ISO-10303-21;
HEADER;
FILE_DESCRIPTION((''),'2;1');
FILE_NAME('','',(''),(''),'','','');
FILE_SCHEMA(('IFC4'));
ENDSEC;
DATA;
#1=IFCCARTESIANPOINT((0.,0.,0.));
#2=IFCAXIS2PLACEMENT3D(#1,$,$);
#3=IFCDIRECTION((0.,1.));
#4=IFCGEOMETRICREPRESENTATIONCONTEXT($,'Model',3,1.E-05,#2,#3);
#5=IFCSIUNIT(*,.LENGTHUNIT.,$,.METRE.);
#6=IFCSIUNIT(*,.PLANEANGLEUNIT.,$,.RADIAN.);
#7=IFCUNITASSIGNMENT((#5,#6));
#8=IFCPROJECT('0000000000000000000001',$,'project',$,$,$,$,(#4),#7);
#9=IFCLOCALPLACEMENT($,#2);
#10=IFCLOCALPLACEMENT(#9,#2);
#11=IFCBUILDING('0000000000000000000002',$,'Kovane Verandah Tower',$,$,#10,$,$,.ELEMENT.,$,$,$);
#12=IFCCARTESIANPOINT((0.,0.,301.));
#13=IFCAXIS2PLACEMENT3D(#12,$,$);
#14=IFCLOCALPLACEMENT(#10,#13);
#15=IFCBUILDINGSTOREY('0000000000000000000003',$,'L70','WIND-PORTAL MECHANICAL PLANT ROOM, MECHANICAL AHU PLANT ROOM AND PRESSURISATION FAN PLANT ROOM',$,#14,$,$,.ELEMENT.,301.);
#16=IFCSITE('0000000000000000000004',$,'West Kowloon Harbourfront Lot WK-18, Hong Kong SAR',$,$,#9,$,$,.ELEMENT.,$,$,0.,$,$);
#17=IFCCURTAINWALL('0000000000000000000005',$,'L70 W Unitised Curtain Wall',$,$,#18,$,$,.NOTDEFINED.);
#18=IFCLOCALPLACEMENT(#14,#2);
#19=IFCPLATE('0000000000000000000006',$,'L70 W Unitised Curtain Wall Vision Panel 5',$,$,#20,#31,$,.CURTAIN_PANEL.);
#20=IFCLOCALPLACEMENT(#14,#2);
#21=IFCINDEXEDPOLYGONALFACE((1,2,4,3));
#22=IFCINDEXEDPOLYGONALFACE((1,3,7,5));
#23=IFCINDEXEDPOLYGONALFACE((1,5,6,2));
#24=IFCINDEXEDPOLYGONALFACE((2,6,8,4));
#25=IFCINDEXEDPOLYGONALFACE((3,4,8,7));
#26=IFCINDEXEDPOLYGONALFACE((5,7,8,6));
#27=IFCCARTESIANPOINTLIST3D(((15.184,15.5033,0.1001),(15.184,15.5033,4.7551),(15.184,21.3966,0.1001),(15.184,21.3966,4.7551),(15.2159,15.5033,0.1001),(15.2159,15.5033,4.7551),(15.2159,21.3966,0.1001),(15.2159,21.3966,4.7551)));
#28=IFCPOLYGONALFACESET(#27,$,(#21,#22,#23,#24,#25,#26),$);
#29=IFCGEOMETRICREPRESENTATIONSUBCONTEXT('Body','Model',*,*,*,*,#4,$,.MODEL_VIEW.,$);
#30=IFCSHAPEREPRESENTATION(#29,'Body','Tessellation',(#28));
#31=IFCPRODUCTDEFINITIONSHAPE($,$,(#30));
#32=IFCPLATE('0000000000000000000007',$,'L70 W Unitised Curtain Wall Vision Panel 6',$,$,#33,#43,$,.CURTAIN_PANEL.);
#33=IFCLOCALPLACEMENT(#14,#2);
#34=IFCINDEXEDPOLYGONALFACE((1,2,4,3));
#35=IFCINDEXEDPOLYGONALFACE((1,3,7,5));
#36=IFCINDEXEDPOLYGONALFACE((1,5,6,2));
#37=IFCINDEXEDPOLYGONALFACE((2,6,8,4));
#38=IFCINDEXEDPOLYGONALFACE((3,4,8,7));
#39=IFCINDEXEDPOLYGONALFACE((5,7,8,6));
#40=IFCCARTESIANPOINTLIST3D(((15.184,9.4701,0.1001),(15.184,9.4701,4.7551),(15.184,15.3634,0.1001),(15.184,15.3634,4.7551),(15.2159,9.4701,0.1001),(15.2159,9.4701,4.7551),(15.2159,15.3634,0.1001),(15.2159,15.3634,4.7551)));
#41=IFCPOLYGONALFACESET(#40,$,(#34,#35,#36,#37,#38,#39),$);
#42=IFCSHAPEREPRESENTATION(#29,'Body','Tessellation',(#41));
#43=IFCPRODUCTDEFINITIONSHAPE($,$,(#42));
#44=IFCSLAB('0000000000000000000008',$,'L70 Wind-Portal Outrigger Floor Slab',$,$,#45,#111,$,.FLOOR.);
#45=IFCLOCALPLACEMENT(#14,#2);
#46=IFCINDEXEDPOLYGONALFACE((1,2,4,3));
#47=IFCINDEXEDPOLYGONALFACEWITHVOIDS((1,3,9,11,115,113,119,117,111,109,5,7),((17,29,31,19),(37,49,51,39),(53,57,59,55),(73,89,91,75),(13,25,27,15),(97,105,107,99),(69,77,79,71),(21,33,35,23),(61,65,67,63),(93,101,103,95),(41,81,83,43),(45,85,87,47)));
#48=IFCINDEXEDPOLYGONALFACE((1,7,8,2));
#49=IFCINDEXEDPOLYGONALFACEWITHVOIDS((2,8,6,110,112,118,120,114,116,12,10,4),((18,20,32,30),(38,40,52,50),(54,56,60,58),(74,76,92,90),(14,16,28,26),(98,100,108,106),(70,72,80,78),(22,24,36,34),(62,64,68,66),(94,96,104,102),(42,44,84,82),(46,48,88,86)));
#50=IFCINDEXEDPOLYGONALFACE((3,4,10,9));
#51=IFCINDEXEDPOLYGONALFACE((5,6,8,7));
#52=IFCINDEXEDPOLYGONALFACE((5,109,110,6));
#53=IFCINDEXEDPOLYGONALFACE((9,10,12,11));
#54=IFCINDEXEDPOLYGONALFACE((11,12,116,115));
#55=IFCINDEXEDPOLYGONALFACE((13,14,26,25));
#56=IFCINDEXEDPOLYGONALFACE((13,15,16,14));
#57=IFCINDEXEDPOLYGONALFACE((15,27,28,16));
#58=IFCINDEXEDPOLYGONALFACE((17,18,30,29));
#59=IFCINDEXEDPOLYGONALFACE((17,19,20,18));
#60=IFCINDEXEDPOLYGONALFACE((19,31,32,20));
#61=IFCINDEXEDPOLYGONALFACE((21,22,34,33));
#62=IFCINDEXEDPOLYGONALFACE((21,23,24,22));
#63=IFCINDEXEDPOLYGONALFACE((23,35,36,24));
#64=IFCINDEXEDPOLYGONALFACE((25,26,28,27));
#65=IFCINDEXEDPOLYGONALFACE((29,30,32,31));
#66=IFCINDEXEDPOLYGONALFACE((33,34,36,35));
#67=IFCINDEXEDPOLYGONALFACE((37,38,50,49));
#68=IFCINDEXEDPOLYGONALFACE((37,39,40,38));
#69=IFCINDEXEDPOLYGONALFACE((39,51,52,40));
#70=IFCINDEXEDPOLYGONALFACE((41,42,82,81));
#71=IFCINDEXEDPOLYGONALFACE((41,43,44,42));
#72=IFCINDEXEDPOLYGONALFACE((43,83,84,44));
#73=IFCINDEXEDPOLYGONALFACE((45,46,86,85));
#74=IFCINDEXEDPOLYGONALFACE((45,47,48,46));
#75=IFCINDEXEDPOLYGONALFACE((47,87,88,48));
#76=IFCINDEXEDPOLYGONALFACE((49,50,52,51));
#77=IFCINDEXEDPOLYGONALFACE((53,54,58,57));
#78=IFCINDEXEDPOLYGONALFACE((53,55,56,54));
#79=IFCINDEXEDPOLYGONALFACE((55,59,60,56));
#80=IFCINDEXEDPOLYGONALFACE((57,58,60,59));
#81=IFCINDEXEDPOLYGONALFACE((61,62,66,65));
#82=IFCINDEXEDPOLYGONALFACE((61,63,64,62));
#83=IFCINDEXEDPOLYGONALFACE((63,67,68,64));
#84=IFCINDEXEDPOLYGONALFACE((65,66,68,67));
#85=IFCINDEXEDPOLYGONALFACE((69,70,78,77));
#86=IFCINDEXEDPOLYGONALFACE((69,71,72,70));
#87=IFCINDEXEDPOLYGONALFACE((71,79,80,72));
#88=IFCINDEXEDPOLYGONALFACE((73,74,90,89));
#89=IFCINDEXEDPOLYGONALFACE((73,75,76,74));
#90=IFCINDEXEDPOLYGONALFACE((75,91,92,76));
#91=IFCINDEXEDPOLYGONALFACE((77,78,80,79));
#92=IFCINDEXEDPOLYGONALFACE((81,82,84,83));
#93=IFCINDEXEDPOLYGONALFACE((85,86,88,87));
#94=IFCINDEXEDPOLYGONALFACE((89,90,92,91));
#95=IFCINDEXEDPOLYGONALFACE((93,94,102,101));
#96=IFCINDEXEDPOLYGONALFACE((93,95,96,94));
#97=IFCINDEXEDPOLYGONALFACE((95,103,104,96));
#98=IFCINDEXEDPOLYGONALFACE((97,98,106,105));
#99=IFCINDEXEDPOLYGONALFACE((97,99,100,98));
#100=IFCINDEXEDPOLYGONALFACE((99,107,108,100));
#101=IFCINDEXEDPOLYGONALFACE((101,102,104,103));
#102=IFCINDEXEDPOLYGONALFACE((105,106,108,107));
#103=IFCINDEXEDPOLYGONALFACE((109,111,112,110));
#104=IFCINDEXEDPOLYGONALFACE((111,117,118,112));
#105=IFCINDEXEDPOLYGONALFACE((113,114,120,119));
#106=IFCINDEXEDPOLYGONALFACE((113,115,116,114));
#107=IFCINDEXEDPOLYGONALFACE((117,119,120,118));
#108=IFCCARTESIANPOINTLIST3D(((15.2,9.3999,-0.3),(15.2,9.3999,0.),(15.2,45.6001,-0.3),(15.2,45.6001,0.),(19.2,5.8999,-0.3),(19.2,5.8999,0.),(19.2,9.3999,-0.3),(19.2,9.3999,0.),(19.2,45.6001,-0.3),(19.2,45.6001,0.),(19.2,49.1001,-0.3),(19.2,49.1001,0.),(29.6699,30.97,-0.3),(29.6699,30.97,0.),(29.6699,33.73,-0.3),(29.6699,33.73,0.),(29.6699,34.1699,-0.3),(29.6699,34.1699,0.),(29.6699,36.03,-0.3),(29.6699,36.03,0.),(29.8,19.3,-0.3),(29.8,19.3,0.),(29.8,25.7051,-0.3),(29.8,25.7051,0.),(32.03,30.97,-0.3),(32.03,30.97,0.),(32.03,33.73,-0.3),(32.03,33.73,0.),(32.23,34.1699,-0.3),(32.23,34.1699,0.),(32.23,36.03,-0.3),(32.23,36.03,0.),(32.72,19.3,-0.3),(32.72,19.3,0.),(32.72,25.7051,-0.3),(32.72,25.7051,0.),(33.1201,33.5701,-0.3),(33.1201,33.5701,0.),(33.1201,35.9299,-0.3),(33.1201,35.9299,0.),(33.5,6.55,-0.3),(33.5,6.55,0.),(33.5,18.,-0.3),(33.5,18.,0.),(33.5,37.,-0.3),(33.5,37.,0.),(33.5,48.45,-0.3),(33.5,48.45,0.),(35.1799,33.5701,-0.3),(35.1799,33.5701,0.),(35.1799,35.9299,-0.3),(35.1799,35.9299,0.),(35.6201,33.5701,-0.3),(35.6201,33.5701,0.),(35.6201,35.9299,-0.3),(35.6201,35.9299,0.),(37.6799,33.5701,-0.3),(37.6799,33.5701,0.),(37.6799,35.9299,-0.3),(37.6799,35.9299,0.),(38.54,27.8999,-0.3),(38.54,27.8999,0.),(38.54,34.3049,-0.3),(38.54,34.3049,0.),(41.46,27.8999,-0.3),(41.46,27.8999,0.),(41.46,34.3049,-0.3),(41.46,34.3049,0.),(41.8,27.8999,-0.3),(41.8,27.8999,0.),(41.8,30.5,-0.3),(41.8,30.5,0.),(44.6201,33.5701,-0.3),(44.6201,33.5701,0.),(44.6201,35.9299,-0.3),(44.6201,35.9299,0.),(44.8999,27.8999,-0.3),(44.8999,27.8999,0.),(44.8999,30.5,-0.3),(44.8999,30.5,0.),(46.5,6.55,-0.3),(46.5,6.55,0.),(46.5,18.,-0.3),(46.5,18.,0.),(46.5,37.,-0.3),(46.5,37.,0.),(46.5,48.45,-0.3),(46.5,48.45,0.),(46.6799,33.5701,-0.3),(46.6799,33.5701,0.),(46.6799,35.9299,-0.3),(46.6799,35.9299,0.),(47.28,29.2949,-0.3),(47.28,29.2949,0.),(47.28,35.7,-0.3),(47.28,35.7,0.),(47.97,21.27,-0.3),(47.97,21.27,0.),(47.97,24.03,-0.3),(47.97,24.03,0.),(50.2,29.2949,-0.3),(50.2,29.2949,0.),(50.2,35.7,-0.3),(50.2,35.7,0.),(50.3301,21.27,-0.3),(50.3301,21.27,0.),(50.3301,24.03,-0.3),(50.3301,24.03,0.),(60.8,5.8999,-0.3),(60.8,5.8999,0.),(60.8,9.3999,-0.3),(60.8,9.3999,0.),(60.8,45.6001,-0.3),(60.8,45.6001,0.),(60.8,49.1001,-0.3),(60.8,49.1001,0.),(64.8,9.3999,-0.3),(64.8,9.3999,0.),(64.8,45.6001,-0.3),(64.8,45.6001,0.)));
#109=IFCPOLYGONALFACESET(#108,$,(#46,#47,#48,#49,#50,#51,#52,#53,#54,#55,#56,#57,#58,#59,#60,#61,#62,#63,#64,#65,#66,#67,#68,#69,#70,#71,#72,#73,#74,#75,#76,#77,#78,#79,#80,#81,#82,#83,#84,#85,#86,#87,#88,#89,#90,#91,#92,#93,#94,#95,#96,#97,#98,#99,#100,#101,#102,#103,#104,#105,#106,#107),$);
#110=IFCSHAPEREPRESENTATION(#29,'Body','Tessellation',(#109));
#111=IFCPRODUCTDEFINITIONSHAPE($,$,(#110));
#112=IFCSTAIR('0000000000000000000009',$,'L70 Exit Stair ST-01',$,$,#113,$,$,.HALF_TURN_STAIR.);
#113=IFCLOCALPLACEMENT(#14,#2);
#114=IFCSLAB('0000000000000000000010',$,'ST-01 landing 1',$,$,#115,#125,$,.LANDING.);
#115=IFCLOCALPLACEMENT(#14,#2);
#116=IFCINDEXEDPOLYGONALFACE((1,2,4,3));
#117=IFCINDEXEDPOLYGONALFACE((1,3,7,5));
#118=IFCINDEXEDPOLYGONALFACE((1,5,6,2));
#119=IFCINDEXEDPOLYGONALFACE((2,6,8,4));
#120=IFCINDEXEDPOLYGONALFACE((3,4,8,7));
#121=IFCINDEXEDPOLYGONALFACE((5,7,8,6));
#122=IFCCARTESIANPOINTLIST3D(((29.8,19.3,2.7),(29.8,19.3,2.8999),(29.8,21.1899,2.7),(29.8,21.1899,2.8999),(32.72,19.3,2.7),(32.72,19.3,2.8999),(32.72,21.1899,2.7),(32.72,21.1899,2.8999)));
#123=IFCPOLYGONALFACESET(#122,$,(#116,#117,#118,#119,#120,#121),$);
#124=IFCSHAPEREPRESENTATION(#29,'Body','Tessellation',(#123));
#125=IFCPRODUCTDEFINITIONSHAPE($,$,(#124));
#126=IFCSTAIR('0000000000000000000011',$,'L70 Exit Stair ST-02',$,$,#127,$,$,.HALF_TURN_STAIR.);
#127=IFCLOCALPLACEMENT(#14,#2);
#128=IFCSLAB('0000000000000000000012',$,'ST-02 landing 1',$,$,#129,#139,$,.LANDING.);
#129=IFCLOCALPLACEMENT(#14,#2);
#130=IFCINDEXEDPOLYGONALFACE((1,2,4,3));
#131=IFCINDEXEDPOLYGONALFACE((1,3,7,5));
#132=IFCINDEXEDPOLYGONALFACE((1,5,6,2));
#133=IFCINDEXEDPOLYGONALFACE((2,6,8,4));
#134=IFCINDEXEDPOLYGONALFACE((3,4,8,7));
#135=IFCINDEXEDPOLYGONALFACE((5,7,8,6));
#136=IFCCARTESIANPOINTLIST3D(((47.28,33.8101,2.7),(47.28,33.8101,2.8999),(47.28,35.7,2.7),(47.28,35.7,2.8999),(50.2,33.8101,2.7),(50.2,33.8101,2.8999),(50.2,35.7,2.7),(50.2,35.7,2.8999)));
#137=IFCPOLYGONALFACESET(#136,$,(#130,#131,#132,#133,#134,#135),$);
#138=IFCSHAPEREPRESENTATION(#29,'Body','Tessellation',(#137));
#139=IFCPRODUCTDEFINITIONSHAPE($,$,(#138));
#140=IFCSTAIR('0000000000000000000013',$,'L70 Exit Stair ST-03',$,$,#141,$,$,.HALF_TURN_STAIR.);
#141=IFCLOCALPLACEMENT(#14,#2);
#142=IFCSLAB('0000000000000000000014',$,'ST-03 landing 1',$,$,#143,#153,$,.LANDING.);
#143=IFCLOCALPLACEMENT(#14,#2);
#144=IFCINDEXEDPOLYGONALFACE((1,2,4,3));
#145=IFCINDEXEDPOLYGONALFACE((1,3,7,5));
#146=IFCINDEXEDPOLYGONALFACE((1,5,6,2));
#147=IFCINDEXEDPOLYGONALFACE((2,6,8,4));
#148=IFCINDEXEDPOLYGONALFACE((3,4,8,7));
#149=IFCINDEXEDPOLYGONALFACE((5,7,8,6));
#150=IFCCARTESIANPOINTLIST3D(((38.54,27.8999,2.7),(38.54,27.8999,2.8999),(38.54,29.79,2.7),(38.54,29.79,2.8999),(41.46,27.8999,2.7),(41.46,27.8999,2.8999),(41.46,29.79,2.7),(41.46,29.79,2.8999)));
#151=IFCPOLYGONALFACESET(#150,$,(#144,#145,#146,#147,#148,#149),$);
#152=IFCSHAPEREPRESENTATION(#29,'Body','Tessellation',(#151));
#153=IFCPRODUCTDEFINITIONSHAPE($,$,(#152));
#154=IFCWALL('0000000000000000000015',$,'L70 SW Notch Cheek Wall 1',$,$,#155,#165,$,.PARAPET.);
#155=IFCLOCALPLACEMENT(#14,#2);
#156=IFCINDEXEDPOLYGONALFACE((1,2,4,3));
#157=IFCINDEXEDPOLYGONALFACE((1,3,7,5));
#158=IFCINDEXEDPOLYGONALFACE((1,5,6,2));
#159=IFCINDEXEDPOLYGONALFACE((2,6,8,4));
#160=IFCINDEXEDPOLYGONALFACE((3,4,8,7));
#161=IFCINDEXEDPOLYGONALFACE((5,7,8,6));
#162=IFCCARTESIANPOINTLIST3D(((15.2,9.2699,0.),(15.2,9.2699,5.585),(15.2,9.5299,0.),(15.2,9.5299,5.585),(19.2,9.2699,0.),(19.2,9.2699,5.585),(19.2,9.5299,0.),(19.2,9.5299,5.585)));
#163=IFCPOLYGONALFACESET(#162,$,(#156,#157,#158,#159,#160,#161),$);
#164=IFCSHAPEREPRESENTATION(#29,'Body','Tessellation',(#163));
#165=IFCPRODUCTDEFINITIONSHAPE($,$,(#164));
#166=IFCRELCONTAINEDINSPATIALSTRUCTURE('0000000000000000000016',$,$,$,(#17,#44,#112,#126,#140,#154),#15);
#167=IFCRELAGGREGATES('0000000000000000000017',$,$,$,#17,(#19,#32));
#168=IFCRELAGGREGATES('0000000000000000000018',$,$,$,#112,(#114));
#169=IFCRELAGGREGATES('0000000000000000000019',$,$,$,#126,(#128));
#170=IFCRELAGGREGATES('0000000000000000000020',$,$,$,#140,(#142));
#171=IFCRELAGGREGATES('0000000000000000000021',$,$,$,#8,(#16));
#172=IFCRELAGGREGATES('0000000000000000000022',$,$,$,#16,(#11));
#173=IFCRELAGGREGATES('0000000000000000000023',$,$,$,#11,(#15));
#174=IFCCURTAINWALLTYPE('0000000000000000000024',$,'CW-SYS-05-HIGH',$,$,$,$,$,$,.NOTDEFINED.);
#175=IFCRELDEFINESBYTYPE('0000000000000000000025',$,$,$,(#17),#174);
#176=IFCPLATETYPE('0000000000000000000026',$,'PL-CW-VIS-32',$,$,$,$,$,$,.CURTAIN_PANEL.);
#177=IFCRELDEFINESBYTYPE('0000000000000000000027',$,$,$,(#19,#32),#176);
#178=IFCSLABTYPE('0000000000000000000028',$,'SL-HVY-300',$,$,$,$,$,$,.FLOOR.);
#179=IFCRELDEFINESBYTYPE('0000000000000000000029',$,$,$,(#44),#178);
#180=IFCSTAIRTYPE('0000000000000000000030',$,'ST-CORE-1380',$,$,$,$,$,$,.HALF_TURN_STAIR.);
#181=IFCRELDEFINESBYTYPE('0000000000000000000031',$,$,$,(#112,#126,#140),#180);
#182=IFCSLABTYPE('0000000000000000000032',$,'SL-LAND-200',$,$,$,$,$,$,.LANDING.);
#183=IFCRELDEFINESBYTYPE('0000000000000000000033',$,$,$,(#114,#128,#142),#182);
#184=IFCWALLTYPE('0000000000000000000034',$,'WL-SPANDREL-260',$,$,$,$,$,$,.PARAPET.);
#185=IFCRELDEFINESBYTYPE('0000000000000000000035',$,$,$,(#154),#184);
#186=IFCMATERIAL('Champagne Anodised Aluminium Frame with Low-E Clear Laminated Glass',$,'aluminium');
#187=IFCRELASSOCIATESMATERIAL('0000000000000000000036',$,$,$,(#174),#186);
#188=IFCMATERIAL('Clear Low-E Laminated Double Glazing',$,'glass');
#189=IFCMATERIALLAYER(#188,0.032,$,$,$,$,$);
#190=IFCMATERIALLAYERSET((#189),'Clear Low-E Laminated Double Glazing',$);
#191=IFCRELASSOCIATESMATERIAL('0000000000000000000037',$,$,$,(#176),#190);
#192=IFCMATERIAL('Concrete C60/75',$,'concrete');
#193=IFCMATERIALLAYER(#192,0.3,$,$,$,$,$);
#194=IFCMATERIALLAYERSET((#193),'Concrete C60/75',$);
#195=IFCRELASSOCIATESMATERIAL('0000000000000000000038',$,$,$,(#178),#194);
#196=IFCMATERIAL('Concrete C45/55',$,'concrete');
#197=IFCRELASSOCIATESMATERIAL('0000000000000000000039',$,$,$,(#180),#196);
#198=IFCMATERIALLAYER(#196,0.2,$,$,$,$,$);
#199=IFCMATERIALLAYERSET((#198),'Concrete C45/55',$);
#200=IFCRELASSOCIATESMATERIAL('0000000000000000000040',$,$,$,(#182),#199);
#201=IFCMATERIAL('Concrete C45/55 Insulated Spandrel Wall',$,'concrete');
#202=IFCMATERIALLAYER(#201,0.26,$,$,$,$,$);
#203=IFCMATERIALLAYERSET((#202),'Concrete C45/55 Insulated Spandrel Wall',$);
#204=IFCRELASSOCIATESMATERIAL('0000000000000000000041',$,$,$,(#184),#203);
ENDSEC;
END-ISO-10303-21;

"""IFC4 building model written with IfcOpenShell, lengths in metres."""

from ifc_helpers import new_model, si_unit, direction, frame, frame_2d, origin, origin_2d, place, context, subcontext, project, spatial, polyline, rectangle, outline, extrude, material, layer, layer_set, type_object, element, aggregate, save


model = new_model("IFC4")

# Units and contexts
model_context = context("Model", 3, precision=1e-05, world=origin(), true_north=direction((0.0, 1.0)))
body_context = subcontext(model_context, "Body", "Model", "MODEL_VIEW")
ifc_project = project(units=[si_unit("LENGTHUNIT", "METRE"), si_unit("PLANEANGLEUNIT", "RADIAN")], contexts=[model_context])

# Site, building, storey
site_placement = place(None, origin())
site = spatial("IfcSite", under=ifc_project, at=site_placement, Name="West Kowloon Harbourfront Lot WK-18, Hong Kong SAR", CompositionType="ELEMENT", RefElevation=0.0)
building_placement = place(site_placement, origin())
building = spatial("IfcBuilding", under=site, at=building_placement, Name="Kovane Verandah Tower", CompositionType="ELEMENT")
storey_placement = place(building_placement, frame((0.0, 0.0, 301.0)))
storey = spatial("IfcBuildingStorey", under=building, at=storey_placement, Name="L70", Description="WIND-PORTAL MECHANICAL PLANT ROOM, MECHANICAL AHU PLANT ROOM AND PRESSURISATION FAN PLANT ROOM", CompositionType="ELEMENT", Elevation=301.0)

# Shared definitions
ifc_material_1 = material(Name="Champagne Anodised Aluminium Frame with Low-E Clear Laminated Glass", Category="aluminium")
curtain_wall_type = type_object("IfcCurtainWallType", Name="CW-SYS-05-HIGH", PredefinedType="NOTDEFINED", material=ifc_material_1)

# Curtain wall
curtain_wall_1_placement = place(storey_placement, origin())
curtain_wall_1 = element("IfcCurtainWall", 1, at=curtain_wall_1_placement, inside=storey, type_object=curtain_wall_type, Name="L70 W Unitised Curtain Wall", PredefinedType="NOTDEFINED")

# Plates
ifc_material_2 = material(Name="Clear Low-E Laminated Double Glazing", Category="glass")
ifc_layer_1 = layer(ifc_material_2, 0.032)
ifc_layer_set_1 = layer_set([ifc_layer_1], Name="Clear Low-E Laminated Double Glazing")
plate_type_1 = type_object("IfcPlateType", Name="PL-CW-VIS-32", PredefinedType="CURTAIN_PANEL", material=ifc_layer_set_1)
plate_1_placement = place(storey_placement, frame((15.2, 18.45, 0.1001), z_axis=(0.0, 0.0, 1.0), x_axis=(0.0, -1.0, 0.0)))
plate_1 = element("IfcPlate", 2, at=plate_1_placement, type_object=plate_type_1, Name="L70 W Unitised Curtain Wall Vision Panel 5", PredefinedType="CURTAIN_PANEL", context=body_context, shape_type="SweptSolid", body=[
    extrude(rectangle(XDim=5.8933, YDim=0.032, at=origin_2d()), origin(), (0.0, 0.0, 1.0), 4.655),
])
plate_2_placement = place(storey_placement, frame((15.2, 12.4167, 0.1001), z_axis=(0.0, 0.0, 1.0), x_axis=(0.0, -1.0, 0.0)))
plate_2 = element("IfcPlate", 3, at=plate_2_placement, type_object=plate_type_1, Name="L70 W Unitised Curtain Wall Vision Panel 6", PredefinedType="CURTAIN_PANEL", context=body_context, shape_type="SweptSolid", body=[
    extrude(rectangle(XDim=5.8933, YDim=0.032, at=origin_2d()), origin(), (0.0, 0.0, 1.0), 4.655),
])
aggregate(curtain_wall_1, [plate_1, plate_2])

# Slab
ifc_material_3 = material(Name="Concrete C60/75", Category="concrete")
ifc_layer_2 = layer(ifc_material_3, 0.3)
ifc_layer_set_2 = layer_set([ifc_layer_2], Name="Concrete C60/75")
slab_type_1 = type_object("IfcSlabType", Name="SL-HVY-300", PredefinedType="FLOOR", material=ifc_layer_set_2)
slab_1_placement = place(storey_placement, frame((0.0, 0.0, -0.3)))
element("IfcSlab", 4, at=slab_1_placement, inside=storey, type_object=slab_type_1, Name="L70 Wind-Portal Outrigger Floor Slab", PredefinedType="FLOOR", context=body_context, shape_type="SweptSolid", body=[
    extrude(outline(polyline([(19.2, 5.8999), (60.8, 5.8999), (60.8, 9.3999), (64.8, 9.3999), (64.8, 45.6001), (60.8, 45.6001), (60.8, 49.1001), (19.2, 49.1001), (19.2, 45.6001), (15.2, 45.6001), (15.2, 9.3999), (19.2, 9.3999), (19.2, 5.8999)]), holes=[polyline([(29.8, 19.3), (32.72, 19.3), (32.72, 25.7051), (29.8, 25.7051), (29.8, 19.3)]), polyline([(47.28, 29.2949), (50.2, 29.2949), (50.2, 35.7), (47.28, 35.7), (47.28, 29.2949)]), polyline([(38.54, 27.8999), (41.46, 27.8999), (41.46, 34.3049), (38.54, 34.3049), (38.54, 27.8999)]), polyline([(29.6699, 30.97), (32.03, 30.97), (32.03, 33.73), (29.6699, 33.73), (29.6699, 30.97)]), polyline([(47.97, 21.27), (50.3301, 21.27), (50.3301, 24.03), (47.97, 24.03), (47.97, 21.27)]), polyline([(29.6699, 34.1699), (32.23, 34.1699), (32.23, 36.03), (29.6699, 36.03), (29.6699, 34.1699)]), polyline([(33.1201, 33.5701), (35.1799, 33.5701), (35.1799, 35.9299), (33.1201, 35.9299), (33.1201, 33.5701)]), polyline([(35.6201, 33.5701), (37.6799, 33.5701), (37.6799, 35.9299), (35.6201, 35.9299), (35.6201, 33.5701)]), polyline([(44.6201, 33.5701), (46.6799, 33.5701), (46.6799, 35.9299), (44.6201, 35.9299), (44.6201, 33.5701)]), polyline([(41.8, 27.8999), (44.8999, 27.8999), (44.8999, 30.5), (41.8, 30.5), (41.8, 27.8999)]), polyline([(33.5, 37.0), (46.5, 37.0), (46.5, 48.45), (33.5, 48.45), (33.5, 37.0)]), polyline([(33.5, 6.55), (46.5, 6.55), (46.5, 18.0), (33.5, 18.0), (33.5, 6.55)])]), origin(), (0.0, 0.0, 1.0), 0.3),
])

# Stairs, slabs
ifc_material_4 = material(Name="Concrete C45/55", Category="concrete")
stair_type = type_object("IfcStairType", Name="ST-CORE-1380", PredefinedType="HALF_TURN_STAIR", material=ifc_material_4)
stair_1_placement = place(storey_placement, origin())
stair_1 = element("IfcStair", 5, at=stair_1_placement, inside=storey, type_object=stair_type, Name="L70 Exit Stair ST-01", PredefinedType="HALF_TURN_STAIR")
ifc_layer_3 = layer(ifc_material_4, 0.2)
ifc_layer_set_3 = layer_set([ifc_layer_3], Name="Concrete C45/55")
slab_type_2 = type_object("IfcSlabType", Name="SL-LAND-200", PredefinedType="LANDING", material=ifc_layer_set_3)
slab_2_placement = place(storey_placement, frame((0.0, 0.0, 2.7)))
slab_2 = element("IfcSlab", 6, at=slab_2_placement, type_object=slab_type_2, Name="ST-01 landing 1", PredefinedType="LANDING", context=body_context, shape_type="SweptSolid", body=[
    extrude(outline(polyline([(29.8, 21.1899), (29.8, 19.3), (32.72, 19.3), (32.72, 21.1899), (29.8, 21.1899)])), origin(), (0.0, 0.0, 1.0), 0.2),
])
aggregate(stair_1, [slab_2])
stair_2_placement = place(storey_placement, origin())
stair_2 = element("IfcStair", 7, at=stair_2_placement, inside=storey, type_object=stair_type, Name="L70 Exit Stair ST-02", PredefinedType="HALF_TURN_STAIR")
slab_3_placement = place(storey_placement, frame((0.0, 0.0, 2.7)))
slab_3 = element("IfcSlab", 8, at=slab_3_placement, type_object=slab_type_2, Name="ST-02 landing 1", PredefinedType="LANDING", context=body_context, shape_type="SweptSolid", body=[
    extrude(outline(polyline([(50.2, 33.8101), (50.2, 35.7), (47.28, 35.7), (47.28, 33.8101), (50.2, 33.8101)])), origin(), (0.0, 0.0, 1.0), 0.2),
])
aggregate(stair_2, [slab_3])
stair_3_placement = place(storey_placement, origin())
stair_3 = element("IfcStair", 9, at=stair_3_placement, inside=storey, type_object=stair_type, Name="L70 Exit Stair ST-03", PredefinedType="HALF_TURN_STAIR")
slab_4_placement = place(storey_placement, frame((0.0, 0.0, 2.7)))
slab_4 = element("IfcSlab", 10, at=slab_4_placement, type_object=slab_type_2, Name="ST-03 landing 1", PredefinedType="LANDING", context=body_context, shape_type="SweptSolid", body=[
    extrude(outline(polyline([(38.54, 29.79), (38.54, 27.8999), (41.46, 27.8999), (41.46, 29.79), (38.54, 29.79)])), origin(), (0.0, 0.0, 1.0), 0.2),
])
aggregate(stair_3, [slab_4])

# Wall
ifc_material_5 = material(Name="Concrete C45/55 Insulated Spandrel Wall", Category="concrete")
ifc_layer_4 = layer(ifc_material_5, 0.26)
ifc_layer_set_4 = layer_set([ifc_layer_4], Name="Concrete C45/55 Insulated Spandrel Wall")
wall_type = type_object("IfcWallType", Name="WL-SPANDREL-260", PredefinedType="PARAPET", material=ifc_layer_set_4)
wall_placement = place(storey_placement, frame((15.2, 9.3999, 0.0), z_axis=(0.0, 0.0, 1.0), x_axis=(1.0, 0.0, 0.0)))
element("IfcWall", 11, at=wall_placement, inside=storey, type_object=wall_type, Name="L70 SW Notch Cheek Wall 1", PredefinedType="PARAPET", context=body_context, shape_type="SweptSolid", body=[
    extrude(rectangle(XDim=4.0, YDim=0.26, at=frame_2d((2.0, 0.0))), origin(), (0.0, 0.0, 1.0), 5.585),
])

save(model, "model.ifc")
